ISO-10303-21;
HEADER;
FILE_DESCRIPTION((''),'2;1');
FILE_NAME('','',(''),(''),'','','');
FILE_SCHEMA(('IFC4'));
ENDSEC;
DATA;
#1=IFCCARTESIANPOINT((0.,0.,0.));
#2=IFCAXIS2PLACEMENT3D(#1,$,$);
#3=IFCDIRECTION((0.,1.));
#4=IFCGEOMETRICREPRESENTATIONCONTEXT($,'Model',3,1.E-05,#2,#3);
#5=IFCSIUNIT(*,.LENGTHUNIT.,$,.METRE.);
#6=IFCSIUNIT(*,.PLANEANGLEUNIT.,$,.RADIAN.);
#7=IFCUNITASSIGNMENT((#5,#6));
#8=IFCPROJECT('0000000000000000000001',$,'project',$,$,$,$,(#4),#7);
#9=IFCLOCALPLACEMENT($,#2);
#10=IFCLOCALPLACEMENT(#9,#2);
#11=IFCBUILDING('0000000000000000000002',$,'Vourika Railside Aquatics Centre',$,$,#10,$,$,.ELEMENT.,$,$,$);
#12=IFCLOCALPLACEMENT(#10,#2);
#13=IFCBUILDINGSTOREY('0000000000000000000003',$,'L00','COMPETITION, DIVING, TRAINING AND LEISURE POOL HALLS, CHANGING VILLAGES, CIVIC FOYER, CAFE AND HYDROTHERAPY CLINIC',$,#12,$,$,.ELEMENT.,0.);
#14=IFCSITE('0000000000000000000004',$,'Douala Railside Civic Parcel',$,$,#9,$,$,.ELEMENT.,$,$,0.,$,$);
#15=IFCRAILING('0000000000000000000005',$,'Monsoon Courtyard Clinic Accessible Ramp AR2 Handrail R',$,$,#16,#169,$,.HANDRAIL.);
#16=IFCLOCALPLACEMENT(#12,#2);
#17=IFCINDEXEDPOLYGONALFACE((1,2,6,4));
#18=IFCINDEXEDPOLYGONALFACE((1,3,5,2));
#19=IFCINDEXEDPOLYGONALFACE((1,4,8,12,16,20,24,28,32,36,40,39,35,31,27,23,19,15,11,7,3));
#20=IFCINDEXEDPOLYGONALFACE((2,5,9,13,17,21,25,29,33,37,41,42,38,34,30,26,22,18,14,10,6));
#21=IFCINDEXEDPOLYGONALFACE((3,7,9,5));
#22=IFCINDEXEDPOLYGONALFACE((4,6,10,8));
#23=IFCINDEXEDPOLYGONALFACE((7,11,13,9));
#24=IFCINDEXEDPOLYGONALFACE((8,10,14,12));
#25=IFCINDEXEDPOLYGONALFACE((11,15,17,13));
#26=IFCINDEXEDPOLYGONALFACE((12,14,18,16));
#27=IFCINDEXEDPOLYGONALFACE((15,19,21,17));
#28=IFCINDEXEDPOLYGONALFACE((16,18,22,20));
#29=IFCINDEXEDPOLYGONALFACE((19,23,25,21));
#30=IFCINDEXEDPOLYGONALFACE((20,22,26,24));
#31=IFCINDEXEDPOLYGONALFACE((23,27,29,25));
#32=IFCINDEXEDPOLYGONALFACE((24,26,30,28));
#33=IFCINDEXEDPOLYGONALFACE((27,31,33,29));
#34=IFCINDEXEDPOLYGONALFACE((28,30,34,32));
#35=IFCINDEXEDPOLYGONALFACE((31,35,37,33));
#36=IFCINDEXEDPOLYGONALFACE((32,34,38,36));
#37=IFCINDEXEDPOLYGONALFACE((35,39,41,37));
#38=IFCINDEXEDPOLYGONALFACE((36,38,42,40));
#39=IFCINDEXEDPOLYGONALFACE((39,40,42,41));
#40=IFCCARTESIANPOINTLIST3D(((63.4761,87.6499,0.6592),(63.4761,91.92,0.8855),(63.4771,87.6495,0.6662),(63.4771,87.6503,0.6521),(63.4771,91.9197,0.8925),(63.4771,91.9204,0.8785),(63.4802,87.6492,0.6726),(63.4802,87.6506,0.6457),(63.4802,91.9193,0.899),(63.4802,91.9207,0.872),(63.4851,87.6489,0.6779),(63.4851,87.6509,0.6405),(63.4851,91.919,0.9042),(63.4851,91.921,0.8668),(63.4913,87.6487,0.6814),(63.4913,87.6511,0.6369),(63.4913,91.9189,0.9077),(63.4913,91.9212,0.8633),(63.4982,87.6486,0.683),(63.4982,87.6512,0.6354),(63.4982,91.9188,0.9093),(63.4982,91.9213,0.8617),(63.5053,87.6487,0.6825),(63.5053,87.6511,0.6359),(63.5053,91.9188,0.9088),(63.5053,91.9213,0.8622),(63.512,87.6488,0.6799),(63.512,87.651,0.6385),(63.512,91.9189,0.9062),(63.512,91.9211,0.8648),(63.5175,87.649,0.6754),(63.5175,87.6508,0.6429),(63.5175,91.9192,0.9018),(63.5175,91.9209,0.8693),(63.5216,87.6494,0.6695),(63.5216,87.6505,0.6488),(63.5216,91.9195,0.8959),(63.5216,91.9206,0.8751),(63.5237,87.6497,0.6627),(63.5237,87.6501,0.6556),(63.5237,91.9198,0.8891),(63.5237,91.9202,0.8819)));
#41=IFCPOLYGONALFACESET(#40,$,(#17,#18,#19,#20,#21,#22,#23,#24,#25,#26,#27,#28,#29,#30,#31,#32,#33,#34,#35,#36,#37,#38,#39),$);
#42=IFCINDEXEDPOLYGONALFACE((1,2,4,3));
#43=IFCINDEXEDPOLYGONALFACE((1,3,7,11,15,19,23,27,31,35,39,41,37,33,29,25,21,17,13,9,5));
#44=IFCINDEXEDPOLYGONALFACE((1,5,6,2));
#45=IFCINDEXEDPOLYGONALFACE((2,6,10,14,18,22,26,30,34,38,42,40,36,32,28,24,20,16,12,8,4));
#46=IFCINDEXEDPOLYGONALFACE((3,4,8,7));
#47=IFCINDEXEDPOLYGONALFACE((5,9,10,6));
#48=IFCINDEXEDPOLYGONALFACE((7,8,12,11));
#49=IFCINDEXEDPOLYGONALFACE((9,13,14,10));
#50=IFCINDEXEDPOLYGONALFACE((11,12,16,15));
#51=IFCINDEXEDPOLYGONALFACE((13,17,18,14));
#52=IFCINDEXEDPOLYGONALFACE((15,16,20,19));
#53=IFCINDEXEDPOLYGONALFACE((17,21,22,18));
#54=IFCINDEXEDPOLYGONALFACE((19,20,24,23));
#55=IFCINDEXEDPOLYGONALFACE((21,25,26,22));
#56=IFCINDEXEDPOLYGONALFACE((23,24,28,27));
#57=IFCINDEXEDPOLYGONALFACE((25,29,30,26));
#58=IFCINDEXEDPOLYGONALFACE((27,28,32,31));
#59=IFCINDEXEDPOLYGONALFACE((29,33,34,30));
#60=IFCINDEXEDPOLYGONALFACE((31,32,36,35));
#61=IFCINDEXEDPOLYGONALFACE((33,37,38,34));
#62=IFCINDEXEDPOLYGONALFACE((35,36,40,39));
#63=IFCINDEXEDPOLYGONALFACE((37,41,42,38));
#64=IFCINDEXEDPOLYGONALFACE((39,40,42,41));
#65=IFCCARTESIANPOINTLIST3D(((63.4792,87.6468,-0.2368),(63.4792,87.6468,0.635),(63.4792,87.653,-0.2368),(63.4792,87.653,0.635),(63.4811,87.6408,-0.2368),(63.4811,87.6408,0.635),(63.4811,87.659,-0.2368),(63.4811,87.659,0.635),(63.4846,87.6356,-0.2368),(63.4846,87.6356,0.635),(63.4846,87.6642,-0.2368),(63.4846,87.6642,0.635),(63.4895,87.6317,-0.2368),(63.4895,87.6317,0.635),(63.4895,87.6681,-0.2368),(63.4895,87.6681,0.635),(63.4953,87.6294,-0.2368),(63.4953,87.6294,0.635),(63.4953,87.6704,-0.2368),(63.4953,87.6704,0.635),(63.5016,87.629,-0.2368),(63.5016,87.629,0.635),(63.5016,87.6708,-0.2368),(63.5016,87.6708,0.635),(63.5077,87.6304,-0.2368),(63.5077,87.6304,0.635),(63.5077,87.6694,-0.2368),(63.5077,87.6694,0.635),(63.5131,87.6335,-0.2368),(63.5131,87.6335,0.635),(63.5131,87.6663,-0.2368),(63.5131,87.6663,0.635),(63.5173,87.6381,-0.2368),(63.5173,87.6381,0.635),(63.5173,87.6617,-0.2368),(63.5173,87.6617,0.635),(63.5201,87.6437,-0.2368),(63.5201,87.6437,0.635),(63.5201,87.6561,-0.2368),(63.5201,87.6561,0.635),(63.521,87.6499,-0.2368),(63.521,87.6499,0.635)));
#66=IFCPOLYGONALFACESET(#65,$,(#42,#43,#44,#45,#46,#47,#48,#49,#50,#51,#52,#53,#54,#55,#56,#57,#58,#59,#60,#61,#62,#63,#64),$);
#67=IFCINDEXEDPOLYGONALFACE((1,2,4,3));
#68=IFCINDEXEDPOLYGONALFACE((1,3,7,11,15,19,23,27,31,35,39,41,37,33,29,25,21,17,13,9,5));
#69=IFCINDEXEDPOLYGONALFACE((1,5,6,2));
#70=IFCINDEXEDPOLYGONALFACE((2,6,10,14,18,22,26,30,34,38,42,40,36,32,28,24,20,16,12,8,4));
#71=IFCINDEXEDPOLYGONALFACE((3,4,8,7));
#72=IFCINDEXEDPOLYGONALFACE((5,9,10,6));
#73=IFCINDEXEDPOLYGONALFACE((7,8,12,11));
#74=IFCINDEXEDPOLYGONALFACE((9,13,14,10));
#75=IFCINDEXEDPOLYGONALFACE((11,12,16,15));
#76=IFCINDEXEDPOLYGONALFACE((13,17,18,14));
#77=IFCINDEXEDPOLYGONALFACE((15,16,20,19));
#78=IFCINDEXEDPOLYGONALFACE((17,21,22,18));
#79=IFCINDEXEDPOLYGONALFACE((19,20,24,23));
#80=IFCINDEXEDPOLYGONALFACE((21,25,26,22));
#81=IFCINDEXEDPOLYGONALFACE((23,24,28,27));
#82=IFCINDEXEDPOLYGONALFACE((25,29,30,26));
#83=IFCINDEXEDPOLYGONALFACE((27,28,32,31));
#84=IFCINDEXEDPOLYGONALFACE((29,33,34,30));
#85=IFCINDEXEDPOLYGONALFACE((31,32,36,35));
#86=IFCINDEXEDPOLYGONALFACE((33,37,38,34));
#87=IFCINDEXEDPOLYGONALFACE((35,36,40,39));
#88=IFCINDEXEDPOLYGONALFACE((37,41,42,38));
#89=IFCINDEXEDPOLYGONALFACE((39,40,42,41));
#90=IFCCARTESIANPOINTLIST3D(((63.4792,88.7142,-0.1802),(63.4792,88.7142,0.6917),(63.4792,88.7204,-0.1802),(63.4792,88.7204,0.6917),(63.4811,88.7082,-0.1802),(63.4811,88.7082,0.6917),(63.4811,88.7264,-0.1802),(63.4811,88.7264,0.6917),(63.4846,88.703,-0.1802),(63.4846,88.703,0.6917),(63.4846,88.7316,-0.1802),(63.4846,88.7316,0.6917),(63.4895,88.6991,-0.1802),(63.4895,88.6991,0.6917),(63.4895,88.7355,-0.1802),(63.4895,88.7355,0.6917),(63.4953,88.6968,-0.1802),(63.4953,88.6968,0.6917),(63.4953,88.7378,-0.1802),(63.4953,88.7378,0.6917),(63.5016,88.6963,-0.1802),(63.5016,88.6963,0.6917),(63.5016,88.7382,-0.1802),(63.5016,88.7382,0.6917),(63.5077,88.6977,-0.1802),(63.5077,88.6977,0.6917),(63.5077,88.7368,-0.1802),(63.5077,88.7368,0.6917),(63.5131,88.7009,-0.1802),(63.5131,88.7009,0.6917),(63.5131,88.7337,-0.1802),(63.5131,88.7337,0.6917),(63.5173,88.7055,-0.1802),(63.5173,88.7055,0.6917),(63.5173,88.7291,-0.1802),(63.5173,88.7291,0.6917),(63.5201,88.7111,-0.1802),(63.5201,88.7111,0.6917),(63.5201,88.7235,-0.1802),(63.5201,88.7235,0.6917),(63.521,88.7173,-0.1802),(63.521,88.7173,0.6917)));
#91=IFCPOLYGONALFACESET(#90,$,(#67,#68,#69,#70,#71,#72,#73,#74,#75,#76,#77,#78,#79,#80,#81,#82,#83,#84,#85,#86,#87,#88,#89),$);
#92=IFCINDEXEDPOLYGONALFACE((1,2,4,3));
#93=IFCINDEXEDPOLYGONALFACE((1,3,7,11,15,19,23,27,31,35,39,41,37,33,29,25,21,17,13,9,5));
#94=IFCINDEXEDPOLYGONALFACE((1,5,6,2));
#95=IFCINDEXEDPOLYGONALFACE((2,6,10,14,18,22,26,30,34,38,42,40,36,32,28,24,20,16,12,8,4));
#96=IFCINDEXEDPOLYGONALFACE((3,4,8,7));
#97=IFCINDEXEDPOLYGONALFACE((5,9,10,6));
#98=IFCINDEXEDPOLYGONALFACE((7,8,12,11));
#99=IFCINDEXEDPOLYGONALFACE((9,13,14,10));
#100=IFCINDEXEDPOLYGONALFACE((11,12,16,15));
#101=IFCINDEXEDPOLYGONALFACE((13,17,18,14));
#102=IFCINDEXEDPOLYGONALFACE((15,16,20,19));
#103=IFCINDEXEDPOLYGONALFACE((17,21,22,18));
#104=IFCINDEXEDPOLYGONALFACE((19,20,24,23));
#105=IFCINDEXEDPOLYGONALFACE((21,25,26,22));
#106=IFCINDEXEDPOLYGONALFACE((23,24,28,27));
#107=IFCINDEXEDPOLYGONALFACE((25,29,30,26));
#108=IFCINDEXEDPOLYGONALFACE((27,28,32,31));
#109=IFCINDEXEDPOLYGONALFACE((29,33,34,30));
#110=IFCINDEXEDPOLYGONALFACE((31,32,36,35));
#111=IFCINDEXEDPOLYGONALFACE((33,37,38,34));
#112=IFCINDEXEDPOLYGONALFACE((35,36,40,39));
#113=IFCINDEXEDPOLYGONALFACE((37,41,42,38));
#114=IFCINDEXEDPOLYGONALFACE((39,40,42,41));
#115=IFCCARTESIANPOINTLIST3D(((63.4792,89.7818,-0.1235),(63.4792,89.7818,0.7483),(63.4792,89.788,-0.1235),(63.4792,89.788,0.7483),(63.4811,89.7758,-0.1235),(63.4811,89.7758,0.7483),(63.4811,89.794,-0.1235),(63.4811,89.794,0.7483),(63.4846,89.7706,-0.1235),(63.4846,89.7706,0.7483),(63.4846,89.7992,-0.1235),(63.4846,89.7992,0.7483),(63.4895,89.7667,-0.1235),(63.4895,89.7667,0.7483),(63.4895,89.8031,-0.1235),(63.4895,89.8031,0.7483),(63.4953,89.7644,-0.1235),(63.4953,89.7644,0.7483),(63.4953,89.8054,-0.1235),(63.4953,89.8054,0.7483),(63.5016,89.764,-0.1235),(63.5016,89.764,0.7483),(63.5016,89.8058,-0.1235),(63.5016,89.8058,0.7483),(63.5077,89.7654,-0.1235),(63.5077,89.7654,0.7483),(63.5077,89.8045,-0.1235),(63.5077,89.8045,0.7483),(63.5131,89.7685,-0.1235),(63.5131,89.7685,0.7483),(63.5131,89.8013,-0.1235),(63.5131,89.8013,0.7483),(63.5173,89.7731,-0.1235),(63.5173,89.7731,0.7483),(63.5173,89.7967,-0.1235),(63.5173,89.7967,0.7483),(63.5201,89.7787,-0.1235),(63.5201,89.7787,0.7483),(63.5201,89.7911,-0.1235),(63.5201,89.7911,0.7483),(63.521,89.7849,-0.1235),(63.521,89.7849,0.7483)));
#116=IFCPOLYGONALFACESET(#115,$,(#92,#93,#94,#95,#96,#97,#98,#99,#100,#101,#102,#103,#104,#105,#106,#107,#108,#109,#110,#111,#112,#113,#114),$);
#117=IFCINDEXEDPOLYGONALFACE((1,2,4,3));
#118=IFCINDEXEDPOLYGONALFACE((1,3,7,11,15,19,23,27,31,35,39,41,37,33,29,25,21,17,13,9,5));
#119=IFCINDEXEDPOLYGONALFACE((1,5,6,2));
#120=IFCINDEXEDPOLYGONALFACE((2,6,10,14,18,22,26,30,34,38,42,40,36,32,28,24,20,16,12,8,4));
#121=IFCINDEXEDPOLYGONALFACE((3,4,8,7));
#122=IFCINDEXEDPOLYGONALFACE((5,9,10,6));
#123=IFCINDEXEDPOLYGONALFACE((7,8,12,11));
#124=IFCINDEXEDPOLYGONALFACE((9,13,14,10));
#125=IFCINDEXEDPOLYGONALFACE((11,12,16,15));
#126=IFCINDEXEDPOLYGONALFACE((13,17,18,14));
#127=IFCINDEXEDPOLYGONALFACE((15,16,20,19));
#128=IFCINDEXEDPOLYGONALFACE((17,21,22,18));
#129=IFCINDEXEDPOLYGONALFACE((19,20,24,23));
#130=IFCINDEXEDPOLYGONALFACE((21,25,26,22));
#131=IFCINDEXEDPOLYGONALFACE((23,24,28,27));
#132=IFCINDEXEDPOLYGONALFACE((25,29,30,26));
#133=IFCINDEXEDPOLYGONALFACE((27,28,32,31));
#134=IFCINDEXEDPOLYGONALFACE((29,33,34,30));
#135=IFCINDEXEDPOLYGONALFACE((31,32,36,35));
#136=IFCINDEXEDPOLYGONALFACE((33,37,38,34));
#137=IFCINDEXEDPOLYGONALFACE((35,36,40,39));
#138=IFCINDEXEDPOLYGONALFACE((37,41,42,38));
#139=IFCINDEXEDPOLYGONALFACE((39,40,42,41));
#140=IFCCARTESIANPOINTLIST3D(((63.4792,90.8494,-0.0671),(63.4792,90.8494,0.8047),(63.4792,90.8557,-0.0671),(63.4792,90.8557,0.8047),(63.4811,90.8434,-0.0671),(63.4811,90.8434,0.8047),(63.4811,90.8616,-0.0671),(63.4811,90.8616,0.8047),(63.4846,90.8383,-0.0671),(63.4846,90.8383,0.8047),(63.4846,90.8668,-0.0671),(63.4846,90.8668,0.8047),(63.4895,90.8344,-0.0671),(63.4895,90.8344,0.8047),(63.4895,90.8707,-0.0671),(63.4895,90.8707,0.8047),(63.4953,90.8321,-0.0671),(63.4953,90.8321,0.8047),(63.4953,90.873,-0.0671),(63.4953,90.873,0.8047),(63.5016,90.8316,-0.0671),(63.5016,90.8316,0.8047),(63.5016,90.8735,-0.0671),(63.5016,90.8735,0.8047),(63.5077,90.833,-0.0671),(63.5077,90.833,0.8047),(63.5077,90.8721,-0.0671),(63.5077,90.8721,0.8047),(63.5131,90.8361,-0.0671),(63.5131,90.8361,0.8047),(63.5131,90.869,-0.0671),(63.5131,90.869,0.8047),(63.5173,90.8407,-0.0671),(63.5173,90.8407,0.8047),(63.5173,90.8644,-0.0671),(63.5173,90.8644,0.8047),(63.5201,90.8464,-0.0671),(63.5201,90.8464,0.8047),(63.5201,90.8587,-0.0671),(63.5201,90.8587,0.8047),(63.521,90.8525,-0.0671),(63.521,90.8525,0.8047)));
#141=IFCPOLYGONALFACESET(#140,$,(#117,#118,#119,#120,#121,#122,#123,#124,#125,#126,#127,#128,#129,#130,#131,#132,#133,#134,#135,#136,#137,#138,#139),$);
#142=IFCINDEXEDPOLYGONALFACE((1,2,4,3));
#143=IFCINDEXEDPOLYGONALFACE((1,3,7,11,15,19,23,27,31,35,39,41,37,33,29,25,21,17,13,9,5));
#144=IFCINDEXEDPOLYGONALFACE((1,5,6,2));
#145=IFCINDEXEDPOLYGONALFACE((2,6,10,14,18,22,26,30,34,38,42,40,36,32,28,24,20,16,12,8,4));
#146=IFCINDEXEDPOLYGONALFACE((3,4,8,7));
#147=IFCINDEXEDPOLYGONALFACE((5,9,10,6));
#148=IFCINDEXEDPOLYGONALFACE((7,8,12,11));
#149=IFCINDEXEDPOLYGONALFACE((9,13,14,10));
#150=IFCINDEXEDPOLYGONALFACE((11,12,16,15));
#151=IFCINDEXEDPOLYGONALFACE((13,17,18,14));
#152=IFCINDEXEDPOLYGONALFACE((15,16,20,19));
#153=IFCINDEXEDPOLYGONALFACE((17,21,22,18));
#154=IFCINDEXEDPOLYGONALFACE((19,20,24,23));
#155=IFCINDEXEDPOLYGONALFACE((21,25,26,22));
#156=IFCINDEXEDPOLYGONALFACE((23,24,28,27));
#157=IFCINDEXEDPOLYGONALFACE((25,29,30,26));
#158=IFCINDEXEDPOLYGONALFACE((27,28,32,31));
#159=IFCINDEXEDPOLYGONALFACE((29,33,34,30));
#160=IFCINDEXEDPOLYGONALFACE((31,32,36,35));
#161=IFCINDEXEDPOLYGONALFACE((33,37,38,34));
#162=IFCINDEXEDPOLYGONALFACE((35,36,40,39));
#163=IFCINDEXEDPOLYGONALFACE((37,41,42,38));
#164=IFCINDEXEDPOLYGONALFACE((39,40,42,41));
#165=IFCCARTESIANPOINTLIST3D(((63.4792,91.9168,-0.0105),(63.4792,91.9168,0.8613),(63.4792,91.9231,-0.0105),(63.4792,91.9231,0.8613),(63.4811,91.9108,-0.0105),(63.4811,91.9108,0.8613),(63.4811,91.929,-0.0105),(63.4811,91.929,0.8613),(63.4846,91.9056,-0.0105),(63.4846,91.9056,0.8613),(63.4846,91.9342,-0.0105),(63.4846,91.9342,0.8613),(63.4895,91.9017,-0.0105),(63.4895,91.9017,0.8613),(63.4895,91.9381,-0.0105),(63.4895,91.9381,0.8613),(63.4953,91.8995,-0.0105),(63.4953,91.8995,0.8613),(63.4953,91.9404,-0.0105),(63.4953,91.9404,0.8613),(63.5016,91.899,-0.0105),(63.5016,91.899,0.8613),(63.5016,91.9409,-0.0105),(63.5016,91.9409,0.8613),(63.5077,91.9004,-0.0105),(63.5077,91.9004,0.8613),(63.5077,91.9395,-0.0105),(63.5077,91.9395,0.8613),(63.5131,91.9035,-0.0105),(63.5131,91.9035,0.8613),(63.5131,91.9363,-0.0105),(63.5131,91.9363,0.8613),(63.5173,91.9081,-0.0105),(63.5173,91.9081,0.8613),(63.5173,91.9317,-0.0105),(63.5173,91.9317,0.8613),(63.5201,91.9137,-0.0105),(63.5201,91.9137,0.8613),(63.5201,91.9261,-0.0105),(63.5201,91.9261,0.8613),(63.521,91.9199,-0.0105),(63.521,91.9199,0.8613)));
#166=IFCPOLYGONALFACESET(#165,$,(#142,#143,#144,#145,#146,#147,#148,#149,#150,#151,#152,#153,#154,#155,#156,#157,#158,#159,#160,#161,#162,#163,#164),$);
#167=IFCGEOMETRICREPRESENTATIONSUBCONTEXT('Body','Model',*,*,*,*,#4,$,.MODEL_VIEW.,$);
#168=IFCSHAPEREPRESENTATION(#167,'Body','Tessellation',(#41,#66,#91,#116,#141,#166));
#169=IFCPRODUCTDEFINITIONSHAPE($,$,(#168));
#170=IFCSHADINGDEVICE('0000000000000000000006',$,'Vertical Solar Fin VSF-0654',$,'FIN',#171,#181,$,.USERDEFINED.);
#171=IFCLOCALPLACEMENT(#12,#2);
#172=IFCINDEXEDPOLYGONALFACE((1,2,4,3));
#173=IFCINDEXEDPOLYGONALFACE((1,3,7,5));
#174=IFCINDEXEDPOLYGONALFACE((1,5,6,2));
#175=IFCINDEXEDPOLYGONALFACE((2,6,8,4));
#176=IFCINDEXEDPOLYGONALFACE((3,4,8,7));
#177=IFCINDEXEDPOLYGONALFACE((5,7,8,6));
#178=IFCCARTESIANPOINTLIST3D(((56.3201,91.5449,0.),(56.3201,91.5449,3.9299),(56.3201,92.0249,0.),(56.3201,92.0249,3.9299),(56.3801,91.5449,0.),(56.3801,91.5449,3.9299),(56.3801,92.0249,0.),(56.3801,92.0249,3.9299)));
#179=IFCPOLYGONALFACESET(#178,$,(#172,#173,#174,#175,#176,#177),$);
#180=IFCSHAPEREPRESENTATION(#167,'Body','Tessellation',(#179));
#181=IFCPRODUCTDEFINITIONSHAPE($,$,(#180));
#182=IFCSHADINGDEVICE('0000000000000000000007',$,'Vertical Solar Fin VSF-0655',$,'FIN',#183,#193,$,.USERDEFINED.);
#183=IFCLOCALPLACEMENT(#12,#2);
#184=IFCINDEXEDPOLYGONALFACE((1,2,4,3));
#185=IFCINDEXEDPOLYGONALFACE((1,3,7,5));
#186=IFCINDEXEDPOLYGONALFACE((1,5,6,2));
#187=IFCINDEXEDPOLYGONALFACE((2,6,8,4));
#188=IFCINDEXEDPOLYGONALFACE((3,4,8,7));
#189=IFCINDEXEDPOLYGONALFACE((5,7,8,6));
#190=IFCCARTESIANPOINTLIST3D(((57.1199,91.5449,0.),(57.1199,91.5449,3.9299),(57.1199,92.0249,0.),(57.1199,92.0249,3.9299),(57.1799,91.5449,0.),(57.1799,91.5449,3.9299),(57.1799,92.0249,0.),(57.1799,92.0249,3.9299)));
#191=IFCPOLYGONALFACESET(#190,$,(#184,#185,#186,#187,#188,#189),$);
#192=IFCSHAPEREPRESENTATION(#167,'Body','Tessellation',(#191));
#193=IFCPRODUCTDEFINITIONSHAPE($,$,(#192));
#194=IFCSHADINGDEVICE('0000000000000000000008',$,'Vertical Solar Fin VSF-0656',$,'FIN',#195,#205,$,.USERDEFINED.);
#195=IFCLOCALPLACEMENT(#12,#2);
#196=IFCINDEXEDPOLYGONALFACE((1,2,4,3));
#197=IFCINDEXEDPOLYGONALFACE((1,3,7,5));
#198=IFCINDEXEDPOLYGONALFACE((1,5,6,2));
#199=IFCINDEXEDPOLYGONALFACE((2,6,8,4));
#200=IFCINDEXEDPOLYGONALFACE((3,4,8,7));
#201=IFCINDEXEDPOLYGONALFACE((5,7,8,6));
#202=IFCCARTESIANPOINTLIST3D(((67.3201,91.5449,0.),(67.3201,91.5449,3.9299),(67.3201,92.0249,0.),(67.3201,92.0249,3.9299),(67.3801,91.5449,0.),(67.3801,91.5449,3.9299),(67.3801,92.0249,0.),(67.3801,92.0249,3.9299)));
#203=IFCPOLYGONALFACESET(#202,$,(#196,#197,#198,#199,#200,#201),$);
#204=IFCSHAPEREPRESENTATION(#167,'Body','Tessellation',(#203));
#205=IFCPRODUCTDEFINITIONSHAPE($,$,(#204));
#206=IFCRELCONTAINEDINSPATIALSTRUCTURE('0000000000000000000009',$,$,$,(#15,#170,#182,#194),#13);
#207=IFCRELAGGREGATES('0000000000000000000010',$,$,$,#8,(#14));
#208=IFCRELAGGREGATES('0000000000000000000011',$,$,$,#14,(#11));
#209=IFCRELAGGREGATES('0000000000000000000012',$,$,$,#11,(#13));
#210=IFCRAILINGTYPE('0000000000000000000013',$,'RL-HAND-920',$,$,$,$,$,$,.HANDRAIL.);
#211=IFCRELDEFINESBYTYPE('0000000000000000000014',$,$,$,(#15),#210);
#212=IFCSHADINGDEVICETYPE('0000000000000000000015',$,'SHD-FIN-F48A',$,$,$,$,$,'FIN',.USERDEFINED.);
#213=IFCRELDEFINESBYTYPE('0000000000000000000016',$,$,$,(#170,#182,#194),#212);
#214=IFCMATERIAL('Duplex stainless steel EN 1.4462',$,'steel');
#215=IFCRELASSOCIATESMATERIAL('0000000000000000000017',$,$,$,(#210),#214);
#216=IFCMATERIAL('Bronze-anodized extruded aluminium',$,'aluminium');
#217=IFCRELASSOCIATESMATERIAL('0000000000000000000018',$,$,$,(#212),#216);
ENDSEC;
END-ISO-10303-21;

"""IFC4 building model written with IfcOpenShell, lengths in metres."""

from ifc_helpers import new_model, si_unit, direction, frame, origin, origin_2d, place, context, subcontext, project, spatial, rectangle, circle, extrude, material, material_profile, profile_set, type_object, element, save


model = new_model("IFC4")

# Units and contexts
model_context = context("Model", 3, precision=1e-05, world=origin(), true_north=direction((0.0, 1.0)))
body_context = subcontext(model_context, "Body", "Model", "MODEL_VIEW")
ifc_project = project(units=[si_unit("LENGTHUNIT", "METRE"), si_unit("PLANEANGLEUNIT", "RADIAN")], contexts=[model_context])

# Site, building, storey
site_placement = place(None, origin())
site = spatial("IfcSite", under=ifc_project, at=site_placement, Name="Douala Railside Civic Parcel", CompositionType="ELEMENT", RefElevation=0.0)
building_placement = place(site_placement, origin())
building = spatial("IfcBuilding", under=site, at=building_placement, Name="Vourika Railside Aquatics Centre", CompositionType="ELEMENT")
storey_placement = place(building_placement, origin())
storey = spatial("IfcBuildingStorey", under=building, at=storey_placement, Name="L00", Description="COMPETITION, DIVING, TRAINING AND LEISURE POOL HALLS, CHANGING VILLAGES, CIVIC FOYER, CAFE AND HYDROTHERAPY CLINIC", CompositionType="ELEMENT", Elevation=0.0)

# Railing
ifc_material_1 = material(Name="Duplex stainless steel EN 1.4462", Category="steel")
railing_type = type_object("IfcRailingType", Name="RL-HAND-920", PredefinedType="HANDRAIL", material=ifc_material_1)
for number, where, name in (
    (1, (63.5, 87.6499, -0.2368), "Monsoon Courtyard Clinic Accessible Ramp AR2 Handrail R"),
):
    element("IfcRailing", number, at=place(storey_placement, frame(where)), inside=storey, type_object=railing_type, Name=name, PredefinedType="HANDRAIL", context=body_context, shape_type="SweptSolid", body=[
        extrude(circle(Radius=0.0239, at=origin_2d()), frame((0.0, 0.0, 0.896), z_axis=(0.0, 0.998598, 0.052927), x_axis=(-1.0, 0.0, 0.0)), (0.0, 0.0, 1.0), 4.2761),
        extrude(circle(Radius=0.021, at=origin_2d()), origin(), (0.0, 0.0, 1.0), 0.8718),
        extrude(circle(Radius=0.021, at=origin_2d()), frame((0.0, 1.0674, 0.0566)), (0.0, 0.0, 1.0), 0.8718),
        extrude(circle(Radius=0.021, at=origin_2d()), frame((0.0, 2.135, 0.1133)), (0.0, 0.0, 1.0), 0.8718),
        extrude(circle(Radius=0.021, at=origin_2d()), frame((0.0, 3.2026, 0.1697)), (0.0, 0.0, 1.0), 0.8718),
        extrude(circle(Radius=0.021, at=origin_2d()), frame((0.0, 4.27, 0.2263)), (0.0, 0.0, 1.0), 0.8718),
    ])

# Shading devices
ifc_material_2 = material(Name="Bronze-anodized extruded aluminium", Category="aluminium")
ifc_material_profile_1 = material_profile(ifc_material_2, rectangle(XDim=0.0601, YDim=0.48, at=origin_2d()), Name="ALU-FIN 60x480")
ifc_profile_set_1 = profile_set([ifc_material_profile_1], Name="Bronze-anodized extruded aluminium")
shading_device_type = type_object("IfcShadingDeviceType", Name="SHD-FIN-F48A", ElementType="FIN", PredefinedType="USERDEFINED", material=ifc_profile_set_1)
for number, where, z_axis, x_axis, name in (
    (2, (56.3501, 91.7849, 0.0), (0.0, 0.0, 1.0), (-1.0, 0.0, 0.0), "Vertical Solar Fin VSF-0654"),
    (3, (57.1499, 91.7849, 0.0), (0.0, 0.0, 1.0), (-1.0, 0.0, 0.0), "Vertical Solar Fin VSF-0655"),
    (4, (67.3501, 91.7849, 0.0), (0.0, 0.0, 1.0), (-1.0, 0.0, 0.0), "Vertical Solar Fin VSF-0656"),
):
    element("IfcShadingDevice", number, at=place(storey_placement, frame(where, z_axis=z_axis, x_axis=x_axis)), inside=storey, type_object=shading_device_type, Name=name, ObjectType="FIN", PredefinedType="USERDEFINED", context=body_context, shape_type="SweptSolid", body=[
        extrude(rectangle(XDim=0.0601, YDim=0.48, at=origin_2d()), origin(), (0.0, 0.0, 1.0), 3.9299),
    ])

save(model, "model.ifc")
